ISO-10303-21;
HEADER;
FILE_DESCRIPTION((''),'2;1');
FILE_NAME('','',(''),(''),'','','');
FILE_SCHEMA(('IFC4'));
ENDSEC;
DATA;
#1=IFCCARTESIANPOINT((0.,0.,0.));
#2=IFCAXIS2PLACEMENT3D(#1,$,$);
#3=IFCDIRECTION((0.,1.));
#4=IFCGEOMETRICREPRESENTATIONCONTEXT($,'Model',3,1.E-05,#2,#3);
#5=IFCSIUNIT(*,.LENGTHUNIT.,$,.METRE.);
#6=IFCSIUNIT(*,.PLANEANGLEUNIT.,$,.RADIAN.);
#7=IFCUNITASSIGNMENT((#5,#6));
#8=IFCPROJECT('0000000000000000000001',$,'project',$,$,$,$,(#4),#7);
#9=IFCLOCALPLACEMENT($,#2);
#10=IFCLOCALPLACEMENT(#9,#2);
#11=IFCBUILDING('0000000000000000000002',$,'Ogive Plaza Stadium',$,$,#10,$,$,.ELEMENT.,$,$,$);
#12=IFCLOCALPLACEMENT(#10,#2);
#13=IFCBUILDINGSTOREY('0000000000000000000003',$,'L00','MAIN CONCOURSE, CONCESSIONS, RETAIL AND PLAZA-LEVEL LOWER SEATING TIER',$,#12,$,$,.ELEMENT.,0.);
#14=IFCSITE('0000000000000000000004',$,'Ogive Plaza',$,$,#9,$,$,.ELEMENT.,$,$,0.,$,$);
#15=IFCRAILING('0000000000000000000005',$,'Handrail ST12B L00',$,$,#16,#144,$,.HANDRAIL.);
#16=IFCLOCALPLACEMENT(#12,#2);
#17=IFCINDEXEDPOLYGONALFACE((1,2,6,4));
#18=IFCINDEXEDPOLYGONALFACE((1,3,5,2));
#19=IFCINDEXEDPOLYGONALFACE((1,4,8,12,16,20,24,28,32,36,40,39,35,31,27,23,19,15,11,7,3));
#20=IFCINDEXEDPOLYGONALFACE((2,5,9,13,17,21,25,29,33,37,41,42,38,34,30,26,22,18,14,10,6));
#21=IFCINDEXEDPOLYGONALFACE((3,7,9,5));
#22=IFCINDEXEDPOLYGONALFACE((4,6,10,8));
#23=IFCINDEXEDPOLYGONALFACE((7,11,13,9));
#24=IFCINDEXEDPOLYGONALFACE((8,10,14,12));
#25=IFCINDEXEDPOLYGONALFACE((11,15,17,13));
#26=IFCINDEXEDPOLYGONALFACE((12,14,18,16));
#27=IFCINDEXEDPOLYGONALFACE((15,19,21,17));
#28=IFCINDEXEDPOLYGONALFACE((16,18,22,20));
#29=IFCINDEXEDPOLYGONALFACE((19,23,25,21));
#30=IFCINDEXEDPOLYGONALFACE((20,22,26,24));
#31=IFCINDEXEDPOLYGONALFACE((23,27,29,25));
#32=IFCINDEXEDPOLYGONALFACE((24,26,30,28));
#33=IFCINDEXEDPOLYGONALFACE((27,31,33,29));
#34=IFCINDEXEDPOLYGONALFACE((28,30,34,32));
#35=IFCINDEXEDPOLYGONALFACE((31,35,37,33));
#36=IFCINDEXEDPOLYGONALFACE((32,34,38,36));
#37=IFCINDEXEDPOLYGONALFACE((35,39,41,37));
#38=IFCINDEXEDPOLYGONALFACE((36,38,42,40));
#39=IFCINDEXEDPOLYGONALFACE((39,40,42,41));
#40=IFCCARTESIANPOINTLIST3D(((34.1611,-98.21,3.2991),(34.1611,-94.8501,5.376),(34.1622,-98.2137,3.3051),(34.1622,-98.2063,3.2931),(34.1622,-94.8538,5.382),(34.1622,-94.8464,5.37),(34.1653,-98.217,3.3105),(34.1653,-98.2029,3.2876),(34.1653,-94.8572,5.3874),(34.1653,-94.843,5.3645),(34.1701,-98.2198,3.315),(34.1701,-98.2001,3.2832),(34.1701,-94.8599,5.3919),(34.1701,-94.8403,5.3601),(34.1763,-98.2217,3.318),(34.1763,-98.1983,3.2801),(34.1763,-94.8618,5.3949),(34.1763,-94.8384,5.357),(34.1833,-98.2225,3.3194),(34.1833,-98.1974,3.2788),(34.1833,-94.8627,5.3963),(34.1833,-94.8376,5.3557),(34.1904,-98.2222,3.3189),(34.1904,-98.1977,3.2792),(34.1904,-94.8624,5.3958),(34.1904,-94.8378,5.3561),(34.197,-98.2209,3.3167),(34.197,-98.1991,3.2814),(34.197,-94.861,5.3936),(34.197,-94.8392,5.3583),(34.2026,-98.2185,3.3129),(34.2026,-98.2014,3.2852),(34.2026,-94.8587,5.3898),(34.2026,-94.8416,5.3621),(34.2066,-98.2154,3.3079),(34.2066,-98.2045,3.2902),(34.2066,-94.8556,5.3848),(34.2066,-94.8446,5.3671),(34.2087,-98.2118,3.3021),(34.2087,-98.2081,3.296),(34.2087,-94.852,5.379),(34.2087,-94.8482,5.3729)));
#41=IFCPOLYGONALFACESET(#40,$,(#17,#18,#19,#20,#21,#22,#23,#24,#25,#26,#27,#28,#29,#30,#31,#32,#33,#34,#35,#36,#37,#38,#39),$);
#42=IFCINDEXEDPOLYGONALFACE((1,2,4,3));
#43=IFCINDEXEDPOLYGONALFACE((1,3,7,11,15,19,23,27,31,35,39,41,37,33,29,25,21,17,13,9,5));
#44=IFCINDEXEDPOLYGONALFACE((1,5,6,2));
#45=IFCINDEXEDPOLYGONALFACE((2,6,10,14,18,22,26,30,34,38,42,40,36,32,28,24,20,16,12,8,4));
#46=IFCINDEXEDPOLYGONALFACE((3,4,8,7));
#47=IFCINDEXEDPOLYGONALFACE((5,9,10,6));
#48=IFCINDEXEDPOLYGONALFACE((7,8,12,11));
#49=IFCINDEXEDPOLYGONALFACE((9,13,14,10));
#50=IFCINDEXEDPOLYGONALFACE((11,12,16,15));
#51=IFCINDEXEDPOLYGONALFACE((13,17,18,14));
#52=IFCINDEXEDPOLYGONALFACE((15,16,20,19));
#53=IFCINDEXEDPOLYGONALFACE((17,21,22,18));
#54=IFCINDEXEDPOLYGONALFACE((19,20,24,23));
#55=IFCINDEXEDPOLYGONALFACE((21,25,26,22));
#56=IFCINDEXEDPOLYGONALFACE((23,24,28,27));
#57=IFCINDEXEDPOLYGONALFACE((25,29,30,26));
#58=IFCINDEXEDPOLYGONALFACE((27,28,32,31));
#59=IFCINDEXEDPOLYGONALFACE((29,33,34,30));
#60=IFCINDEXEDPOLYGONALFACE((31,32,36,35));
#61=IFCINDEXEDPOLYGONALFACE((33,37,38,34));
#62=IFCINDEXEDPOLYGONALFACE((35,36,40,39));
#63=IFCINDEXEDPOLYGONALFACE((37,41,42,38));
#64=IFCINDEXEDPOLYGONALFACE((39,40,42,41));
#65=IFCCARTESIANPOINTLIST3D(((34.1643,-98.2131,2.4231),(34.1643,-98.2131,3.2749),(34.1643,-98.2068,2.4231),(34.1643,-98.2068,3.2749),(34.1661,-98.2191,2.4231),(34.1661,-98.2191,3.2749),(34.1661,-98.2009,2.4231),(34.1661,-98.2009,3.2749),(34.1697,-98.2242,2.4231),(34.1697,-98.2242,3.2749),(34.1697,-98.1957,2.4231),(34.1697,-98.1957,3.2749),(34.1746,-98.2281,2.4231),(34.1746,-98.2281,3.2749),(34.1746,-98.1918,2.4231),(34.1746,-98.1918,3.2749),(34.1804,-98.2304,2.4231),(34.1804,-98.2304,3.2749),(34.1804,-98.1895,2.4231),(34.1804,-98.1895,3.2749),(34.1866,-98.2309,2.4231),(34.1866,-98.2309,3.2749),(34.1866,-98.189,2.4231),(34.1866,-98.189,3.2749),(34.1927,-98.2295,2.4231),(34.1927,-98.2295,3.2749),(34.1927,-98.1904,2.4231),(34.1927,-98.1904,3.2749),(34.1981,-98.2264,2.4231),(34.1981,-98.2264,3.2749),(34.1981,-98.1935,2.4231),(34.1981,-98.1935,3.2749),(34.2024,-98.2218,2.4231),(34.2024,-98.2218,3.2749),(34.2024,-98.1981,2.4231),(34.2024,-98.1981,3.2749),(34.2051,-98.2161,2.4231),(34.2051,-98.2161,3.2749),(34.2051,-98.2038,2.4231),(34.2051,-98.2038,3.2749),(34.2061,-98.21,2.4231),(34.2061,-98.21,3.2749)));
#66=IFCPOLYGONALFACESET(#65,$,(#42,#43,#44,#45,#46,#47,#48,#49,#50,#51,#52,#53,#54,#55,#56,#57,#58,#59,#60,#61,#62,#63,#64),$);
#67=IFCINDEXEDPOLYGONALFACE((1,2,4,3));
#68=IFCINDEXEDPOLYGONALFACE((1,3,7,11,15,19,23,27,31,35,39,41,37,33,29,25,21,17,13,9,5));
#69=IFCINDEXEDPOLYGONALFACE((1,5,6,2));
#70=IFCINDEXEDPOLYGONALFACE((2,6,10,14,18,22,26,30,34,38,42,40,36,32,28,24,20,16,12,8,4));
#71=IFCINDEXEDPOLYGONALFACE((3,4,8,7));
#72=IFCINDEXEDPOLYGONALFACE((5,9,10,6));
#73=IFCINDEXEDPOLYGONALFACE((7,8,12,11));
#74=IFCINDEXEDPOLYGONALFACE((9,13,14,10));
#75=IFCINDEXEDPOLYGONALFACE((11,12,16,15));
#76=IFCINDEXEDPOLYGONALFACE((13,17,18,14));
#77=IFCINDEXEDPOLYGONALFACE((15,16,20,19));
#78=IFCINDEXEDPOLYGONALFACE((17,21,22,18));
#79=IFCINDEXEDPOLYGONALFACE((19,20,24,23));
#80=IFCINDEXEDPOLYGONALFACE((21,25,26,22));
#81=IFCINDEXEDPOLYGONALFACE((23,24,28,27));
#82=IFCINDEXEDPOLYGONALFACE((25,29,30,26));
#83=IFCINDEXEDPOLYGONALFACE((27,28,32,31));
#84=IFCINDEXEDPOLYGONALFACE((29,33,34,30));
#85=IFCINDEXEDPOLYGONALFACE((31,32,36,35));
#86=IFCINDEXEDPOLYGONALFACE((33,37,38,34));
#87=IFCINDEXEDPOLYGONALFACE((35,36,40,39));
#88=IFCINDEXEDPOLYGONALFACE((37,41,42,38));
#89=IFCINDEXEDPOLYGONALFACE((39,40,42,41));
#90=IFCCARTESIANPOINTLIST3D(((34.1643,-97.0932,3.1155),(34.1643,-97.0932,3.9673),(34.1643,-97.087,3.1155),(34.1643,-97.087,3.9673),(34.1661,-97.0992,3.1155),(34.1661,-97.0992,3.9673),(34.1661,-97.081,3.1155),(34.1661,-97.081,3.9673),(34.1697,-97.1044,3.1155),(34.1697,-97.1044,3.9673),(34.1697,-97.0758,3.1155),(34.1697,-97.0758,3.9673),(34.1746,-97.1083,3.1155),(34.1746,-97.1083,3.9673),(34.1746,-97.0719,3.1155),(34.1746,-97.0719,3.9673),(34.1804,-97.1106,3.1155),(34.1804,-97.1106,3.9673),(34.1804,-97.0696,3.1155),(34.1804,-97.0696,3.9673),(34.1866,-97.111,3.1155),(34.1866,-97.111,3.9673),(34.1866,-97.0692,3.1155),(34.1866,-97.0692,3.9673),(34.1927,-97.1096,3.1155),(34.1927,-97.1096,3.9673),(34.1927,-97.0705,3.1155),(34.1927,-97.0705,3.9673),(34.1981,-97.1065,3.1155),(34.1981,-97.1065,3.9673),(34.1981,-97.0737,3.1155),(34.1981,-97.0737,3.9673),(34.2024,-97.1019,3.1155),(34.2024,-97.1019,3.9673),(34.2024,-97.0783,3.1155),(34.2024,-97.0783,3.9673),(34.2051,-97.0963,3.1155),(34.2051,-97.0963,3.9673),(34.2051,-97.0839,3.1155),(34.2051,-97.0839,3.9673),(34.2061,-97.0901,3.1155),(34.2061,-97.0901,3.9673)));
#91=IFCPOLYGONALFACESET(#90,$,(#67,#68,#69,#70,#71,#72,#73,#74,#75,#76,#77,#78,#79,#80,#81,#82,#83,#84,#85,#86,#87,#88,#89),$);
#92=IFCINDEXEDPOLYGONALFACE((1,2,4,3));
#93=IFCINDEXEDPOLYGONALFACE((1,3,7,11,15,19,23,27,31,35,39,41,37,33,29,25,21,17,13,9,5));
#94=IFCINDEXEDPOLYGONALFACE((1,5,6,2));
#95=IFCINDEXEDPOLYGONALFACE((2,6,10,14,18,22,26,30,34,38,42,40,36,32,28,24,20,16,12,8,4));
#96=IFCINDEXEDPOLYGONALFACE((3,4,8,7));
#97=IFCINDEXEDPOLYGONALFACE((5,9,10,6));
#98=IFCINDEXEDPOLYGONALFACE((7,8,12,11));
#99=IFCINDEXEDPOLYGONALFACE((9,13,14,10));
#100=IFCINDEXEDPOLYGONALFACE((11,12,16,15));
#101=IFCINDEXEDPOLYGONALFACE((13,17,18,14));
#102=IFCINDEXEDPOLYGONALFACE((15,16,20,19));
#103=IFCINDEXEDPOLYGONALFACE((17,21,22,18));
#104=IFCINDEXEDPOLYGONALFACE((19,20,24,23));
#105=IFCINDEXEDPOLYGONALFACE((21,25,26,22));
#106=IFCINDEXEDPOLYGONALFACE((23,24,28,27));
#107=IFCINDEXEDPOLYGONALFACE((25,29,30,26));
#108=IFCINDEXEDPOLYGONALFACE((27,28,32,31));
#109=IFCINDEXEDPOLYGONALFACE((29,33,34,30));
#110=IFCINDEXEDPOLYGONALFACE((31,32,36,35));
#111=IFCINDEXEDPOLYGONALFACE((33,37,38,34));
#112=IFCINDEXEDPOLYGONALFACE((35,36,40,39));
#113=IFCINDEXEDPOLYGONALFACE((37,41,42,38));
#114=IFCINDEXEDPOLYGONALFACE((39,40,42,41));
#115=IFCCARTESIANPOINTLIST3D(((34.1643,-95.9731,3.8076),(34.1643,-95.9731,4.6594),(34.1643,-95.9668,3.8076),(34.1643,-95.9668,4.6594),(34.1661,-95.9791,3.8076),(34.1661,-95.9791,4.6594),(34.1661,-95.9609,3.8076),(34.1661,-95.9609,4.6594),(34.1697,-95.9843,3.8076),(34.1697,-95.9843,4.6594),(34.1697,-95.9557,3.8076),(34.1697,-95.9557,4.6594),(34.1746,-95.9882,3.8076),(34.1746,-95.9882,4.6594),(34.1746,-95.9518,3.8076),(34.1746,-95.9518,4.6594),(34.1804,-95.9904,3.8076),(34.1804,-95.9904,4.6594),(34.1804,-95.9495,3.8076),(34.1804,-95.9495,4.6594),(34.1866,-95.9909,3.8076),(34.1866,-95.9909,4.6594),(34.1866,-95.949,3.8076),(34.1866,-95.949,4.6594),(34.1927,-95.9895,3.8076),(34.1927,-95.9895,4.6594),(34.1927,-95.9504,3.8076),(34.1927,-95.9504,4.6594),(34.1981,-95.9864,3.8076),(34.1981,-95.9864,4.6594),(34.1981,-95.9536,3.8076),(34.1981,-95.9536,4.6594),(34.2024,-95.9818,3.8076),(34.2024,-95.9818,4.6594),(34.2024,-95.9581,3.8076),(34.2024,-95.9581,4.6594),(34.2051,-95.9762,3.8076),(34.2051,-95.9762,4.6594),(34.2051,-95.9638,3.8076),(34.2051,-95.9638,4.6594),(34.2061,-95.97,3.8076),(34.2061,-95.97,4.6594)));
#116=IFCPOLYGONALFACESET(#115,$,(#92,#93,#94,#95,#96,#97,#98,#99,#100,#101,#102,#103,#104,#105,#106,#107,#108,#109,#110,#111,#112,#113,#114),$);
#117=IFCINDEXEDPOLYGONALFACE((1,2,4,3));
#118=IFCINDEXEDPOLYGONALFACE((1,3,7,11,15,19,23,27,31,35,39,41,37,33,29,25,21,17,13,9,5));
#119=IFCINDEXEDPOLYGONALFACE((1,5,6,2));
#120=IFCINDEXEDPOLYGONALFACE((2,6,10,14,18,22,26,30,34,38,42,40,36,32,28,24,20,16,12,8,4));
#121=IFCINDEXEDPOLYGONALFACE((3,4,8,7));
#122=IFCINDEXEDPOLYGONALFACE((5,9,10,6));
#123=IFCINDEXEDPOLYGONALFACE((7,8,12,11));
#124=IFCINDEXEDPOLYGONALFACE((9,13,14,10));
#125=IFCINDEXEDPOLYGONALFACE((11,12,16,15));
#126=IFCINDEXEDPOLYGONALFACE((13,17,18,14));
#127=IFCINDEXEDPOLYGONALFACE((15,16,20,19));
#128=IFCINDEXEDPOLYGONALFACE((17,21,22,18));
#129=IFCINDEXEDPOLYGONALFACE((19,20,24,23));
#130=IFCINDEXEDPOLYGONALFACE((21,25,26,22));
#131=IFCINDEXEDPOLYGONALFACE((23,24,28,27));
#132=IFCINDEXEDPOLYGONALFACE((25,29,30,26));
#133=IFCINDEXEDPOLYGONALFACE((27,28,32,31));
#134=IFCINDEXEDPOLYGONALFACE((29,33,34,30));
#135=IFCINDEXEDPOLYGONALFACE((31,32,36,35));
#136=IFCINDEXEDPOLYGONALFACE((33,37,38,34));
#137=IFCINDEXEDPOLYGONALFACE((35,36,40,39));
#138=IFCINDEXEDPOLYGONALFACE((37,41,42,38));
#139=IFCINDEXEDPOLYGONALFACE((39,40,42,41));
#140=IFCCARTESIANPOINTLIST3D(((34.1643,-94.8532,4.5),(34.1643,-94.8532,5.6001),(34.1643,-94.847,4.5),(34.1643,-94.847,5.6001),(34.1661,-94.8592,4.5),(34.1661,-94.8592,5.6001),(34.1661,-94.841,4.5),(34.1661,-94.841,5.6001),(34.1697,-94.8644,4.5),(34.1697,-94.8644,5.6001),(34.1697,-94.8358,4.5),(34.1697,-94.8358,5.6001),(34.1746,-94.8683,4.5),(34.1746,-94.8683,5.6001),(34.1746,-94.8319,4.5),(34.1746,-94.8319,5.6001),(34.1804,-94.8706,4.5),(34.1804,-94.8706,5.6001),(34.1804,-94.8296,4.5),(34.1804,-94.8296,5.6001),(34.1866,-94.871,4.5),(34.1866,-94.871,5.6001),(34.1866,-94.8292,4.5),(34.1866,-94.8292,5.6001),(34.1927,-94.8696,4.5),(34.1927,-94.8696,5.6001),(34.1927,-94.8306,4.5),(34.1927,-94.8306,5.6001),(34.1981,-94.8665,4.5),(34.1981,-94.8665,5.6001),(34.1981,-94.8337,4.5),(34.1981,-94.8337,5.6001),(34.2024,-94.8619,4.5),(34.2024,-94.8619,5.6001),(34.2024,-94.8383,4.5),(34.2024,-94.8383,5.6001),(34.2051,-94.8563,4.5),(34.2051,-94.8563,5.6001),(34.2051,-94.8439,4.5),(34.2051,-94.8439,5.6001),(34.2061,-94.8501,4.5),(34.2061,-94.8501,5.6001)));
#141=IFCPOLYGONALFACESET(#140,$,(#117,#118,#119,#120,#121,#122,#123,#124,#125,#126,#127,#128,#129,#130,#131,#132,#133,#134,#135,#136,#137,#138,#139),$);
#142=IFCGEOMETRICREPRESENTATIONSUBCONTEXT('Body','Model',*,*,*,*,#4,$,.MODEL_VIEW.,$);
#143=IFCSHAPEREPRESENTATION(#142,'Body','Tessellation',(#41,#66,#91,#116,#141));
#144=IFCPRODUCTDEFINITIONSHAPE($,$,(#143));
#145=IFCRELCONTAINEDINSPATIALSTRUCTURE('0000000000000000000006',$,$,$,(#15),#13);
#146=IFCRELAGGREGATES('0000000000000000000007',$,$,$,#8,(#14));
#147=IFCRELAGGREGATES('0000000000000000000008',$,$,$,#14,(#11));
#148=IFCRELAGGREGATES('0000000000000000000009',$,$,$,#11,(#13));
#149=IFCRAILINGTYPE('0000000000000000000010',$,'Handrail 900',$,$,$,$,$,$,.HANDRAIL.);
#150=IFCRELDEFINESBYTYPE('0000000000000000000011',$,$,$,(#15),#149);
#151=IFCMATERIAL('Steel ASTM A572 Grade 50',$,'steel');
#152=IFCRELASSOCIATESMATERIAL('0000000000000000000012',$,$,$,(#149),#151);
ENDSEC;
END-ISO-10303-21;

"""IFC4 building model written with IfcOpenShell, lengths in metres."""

from ifc_helpers import new_model, si_unit, direction, frame, origin, origin_2d, place, context, subcontext, project, spatial, circle, extrude, material, type_object, element, save


model = new_model("IFC4")

# Units and contexts
model_context = context("Model", 3, precision=1e-05, world=origin(), true_north=direction((0.0, 1.0)))
body_context = subcontext(model_context, "Body", "Model", "MODEL_VIEW")
ifc_project = project(units=[si_unit("LENGTHUNIT", "METRE"), si_unit("PLANEANGLEUNIT", "RADIAN")], contexts=[model_context])

# Site, building, storey
site_placement = place(None, origin())
site = spatial("IfcSite", under=ifc_project, at=site_placement, Name="Ogive Plaza", CompositionType="ELEMENT", RefElevation=0.0)
building_placement = place(site_placement, origin())
building = spatial("IfcBuilding", under=site, at=building_placement, Name="Ogive Plaza Stadium", CompositionType="ELEMENT")
storey_placement = place(building_placement, origin())
storey = spatial("IfcBuildingStorey", under=building, at=storey_placement, Name="L00", Description="MAIN CONCOURSE, CONCESSIONS, RETAIL AND PLAZA-LEVEL LOWER SEATING TIER", CompositionType="ELEMENT", Elevation=0.0)

# Railing
ifc_material_1 = material(Name="Steel ASTM A572 Grade 50", Category="steel")
railing_type_1 = type_object("IfcRailingType", Name="Handrail 900", PredefinedType="HANDRAIL", material=ifc_material_1)
for number, where, name in (
    (1, (34.1851, -98.21, 2.4231), "Handrail ST12B L00"),
):
    element("IfcRailing", number, at=place(storey_placement, frame(where)), inside=storey, type_object=railing_type_1, Name=name, PredefinedType="HANDRAIL", context=body_context, shape_type="SweptSolid", body=[
        extrude(circle(Radius=0.0239, at=origin_2d()), frame((0.0, 0.0, 0.876), z_axis=(0.0, 0.850606, 0.525803), x_axis=(-1.0, 0.0, 0.0)), (0.0, 0.0, 1.0), 3.95),
        extrude(circle(Radius=0.021, at=origin_2d()), origin(), (0.0, 0.0, 1.0), 0.8518),
        extrude(circle(Radius=0.021, at=origin_2d()), frame((0.0, 1.1199, 0.6924)), (0.0, 0.0, 1.0), 0.8518),
        extrude(circle(Radius=0.021, at=origin_2d()), frame((0.0, 2.24, 1.3845)), (0.0, 0.0, 1.0), 0.8518),
        extrude(circle(Radius=0.021, at=origin_2d()), frame((0.0, 3.3599, 2.0769)), (0.0, 0.0, 1.0), 1.1001),
    ])

save(model, "model.ifc")
